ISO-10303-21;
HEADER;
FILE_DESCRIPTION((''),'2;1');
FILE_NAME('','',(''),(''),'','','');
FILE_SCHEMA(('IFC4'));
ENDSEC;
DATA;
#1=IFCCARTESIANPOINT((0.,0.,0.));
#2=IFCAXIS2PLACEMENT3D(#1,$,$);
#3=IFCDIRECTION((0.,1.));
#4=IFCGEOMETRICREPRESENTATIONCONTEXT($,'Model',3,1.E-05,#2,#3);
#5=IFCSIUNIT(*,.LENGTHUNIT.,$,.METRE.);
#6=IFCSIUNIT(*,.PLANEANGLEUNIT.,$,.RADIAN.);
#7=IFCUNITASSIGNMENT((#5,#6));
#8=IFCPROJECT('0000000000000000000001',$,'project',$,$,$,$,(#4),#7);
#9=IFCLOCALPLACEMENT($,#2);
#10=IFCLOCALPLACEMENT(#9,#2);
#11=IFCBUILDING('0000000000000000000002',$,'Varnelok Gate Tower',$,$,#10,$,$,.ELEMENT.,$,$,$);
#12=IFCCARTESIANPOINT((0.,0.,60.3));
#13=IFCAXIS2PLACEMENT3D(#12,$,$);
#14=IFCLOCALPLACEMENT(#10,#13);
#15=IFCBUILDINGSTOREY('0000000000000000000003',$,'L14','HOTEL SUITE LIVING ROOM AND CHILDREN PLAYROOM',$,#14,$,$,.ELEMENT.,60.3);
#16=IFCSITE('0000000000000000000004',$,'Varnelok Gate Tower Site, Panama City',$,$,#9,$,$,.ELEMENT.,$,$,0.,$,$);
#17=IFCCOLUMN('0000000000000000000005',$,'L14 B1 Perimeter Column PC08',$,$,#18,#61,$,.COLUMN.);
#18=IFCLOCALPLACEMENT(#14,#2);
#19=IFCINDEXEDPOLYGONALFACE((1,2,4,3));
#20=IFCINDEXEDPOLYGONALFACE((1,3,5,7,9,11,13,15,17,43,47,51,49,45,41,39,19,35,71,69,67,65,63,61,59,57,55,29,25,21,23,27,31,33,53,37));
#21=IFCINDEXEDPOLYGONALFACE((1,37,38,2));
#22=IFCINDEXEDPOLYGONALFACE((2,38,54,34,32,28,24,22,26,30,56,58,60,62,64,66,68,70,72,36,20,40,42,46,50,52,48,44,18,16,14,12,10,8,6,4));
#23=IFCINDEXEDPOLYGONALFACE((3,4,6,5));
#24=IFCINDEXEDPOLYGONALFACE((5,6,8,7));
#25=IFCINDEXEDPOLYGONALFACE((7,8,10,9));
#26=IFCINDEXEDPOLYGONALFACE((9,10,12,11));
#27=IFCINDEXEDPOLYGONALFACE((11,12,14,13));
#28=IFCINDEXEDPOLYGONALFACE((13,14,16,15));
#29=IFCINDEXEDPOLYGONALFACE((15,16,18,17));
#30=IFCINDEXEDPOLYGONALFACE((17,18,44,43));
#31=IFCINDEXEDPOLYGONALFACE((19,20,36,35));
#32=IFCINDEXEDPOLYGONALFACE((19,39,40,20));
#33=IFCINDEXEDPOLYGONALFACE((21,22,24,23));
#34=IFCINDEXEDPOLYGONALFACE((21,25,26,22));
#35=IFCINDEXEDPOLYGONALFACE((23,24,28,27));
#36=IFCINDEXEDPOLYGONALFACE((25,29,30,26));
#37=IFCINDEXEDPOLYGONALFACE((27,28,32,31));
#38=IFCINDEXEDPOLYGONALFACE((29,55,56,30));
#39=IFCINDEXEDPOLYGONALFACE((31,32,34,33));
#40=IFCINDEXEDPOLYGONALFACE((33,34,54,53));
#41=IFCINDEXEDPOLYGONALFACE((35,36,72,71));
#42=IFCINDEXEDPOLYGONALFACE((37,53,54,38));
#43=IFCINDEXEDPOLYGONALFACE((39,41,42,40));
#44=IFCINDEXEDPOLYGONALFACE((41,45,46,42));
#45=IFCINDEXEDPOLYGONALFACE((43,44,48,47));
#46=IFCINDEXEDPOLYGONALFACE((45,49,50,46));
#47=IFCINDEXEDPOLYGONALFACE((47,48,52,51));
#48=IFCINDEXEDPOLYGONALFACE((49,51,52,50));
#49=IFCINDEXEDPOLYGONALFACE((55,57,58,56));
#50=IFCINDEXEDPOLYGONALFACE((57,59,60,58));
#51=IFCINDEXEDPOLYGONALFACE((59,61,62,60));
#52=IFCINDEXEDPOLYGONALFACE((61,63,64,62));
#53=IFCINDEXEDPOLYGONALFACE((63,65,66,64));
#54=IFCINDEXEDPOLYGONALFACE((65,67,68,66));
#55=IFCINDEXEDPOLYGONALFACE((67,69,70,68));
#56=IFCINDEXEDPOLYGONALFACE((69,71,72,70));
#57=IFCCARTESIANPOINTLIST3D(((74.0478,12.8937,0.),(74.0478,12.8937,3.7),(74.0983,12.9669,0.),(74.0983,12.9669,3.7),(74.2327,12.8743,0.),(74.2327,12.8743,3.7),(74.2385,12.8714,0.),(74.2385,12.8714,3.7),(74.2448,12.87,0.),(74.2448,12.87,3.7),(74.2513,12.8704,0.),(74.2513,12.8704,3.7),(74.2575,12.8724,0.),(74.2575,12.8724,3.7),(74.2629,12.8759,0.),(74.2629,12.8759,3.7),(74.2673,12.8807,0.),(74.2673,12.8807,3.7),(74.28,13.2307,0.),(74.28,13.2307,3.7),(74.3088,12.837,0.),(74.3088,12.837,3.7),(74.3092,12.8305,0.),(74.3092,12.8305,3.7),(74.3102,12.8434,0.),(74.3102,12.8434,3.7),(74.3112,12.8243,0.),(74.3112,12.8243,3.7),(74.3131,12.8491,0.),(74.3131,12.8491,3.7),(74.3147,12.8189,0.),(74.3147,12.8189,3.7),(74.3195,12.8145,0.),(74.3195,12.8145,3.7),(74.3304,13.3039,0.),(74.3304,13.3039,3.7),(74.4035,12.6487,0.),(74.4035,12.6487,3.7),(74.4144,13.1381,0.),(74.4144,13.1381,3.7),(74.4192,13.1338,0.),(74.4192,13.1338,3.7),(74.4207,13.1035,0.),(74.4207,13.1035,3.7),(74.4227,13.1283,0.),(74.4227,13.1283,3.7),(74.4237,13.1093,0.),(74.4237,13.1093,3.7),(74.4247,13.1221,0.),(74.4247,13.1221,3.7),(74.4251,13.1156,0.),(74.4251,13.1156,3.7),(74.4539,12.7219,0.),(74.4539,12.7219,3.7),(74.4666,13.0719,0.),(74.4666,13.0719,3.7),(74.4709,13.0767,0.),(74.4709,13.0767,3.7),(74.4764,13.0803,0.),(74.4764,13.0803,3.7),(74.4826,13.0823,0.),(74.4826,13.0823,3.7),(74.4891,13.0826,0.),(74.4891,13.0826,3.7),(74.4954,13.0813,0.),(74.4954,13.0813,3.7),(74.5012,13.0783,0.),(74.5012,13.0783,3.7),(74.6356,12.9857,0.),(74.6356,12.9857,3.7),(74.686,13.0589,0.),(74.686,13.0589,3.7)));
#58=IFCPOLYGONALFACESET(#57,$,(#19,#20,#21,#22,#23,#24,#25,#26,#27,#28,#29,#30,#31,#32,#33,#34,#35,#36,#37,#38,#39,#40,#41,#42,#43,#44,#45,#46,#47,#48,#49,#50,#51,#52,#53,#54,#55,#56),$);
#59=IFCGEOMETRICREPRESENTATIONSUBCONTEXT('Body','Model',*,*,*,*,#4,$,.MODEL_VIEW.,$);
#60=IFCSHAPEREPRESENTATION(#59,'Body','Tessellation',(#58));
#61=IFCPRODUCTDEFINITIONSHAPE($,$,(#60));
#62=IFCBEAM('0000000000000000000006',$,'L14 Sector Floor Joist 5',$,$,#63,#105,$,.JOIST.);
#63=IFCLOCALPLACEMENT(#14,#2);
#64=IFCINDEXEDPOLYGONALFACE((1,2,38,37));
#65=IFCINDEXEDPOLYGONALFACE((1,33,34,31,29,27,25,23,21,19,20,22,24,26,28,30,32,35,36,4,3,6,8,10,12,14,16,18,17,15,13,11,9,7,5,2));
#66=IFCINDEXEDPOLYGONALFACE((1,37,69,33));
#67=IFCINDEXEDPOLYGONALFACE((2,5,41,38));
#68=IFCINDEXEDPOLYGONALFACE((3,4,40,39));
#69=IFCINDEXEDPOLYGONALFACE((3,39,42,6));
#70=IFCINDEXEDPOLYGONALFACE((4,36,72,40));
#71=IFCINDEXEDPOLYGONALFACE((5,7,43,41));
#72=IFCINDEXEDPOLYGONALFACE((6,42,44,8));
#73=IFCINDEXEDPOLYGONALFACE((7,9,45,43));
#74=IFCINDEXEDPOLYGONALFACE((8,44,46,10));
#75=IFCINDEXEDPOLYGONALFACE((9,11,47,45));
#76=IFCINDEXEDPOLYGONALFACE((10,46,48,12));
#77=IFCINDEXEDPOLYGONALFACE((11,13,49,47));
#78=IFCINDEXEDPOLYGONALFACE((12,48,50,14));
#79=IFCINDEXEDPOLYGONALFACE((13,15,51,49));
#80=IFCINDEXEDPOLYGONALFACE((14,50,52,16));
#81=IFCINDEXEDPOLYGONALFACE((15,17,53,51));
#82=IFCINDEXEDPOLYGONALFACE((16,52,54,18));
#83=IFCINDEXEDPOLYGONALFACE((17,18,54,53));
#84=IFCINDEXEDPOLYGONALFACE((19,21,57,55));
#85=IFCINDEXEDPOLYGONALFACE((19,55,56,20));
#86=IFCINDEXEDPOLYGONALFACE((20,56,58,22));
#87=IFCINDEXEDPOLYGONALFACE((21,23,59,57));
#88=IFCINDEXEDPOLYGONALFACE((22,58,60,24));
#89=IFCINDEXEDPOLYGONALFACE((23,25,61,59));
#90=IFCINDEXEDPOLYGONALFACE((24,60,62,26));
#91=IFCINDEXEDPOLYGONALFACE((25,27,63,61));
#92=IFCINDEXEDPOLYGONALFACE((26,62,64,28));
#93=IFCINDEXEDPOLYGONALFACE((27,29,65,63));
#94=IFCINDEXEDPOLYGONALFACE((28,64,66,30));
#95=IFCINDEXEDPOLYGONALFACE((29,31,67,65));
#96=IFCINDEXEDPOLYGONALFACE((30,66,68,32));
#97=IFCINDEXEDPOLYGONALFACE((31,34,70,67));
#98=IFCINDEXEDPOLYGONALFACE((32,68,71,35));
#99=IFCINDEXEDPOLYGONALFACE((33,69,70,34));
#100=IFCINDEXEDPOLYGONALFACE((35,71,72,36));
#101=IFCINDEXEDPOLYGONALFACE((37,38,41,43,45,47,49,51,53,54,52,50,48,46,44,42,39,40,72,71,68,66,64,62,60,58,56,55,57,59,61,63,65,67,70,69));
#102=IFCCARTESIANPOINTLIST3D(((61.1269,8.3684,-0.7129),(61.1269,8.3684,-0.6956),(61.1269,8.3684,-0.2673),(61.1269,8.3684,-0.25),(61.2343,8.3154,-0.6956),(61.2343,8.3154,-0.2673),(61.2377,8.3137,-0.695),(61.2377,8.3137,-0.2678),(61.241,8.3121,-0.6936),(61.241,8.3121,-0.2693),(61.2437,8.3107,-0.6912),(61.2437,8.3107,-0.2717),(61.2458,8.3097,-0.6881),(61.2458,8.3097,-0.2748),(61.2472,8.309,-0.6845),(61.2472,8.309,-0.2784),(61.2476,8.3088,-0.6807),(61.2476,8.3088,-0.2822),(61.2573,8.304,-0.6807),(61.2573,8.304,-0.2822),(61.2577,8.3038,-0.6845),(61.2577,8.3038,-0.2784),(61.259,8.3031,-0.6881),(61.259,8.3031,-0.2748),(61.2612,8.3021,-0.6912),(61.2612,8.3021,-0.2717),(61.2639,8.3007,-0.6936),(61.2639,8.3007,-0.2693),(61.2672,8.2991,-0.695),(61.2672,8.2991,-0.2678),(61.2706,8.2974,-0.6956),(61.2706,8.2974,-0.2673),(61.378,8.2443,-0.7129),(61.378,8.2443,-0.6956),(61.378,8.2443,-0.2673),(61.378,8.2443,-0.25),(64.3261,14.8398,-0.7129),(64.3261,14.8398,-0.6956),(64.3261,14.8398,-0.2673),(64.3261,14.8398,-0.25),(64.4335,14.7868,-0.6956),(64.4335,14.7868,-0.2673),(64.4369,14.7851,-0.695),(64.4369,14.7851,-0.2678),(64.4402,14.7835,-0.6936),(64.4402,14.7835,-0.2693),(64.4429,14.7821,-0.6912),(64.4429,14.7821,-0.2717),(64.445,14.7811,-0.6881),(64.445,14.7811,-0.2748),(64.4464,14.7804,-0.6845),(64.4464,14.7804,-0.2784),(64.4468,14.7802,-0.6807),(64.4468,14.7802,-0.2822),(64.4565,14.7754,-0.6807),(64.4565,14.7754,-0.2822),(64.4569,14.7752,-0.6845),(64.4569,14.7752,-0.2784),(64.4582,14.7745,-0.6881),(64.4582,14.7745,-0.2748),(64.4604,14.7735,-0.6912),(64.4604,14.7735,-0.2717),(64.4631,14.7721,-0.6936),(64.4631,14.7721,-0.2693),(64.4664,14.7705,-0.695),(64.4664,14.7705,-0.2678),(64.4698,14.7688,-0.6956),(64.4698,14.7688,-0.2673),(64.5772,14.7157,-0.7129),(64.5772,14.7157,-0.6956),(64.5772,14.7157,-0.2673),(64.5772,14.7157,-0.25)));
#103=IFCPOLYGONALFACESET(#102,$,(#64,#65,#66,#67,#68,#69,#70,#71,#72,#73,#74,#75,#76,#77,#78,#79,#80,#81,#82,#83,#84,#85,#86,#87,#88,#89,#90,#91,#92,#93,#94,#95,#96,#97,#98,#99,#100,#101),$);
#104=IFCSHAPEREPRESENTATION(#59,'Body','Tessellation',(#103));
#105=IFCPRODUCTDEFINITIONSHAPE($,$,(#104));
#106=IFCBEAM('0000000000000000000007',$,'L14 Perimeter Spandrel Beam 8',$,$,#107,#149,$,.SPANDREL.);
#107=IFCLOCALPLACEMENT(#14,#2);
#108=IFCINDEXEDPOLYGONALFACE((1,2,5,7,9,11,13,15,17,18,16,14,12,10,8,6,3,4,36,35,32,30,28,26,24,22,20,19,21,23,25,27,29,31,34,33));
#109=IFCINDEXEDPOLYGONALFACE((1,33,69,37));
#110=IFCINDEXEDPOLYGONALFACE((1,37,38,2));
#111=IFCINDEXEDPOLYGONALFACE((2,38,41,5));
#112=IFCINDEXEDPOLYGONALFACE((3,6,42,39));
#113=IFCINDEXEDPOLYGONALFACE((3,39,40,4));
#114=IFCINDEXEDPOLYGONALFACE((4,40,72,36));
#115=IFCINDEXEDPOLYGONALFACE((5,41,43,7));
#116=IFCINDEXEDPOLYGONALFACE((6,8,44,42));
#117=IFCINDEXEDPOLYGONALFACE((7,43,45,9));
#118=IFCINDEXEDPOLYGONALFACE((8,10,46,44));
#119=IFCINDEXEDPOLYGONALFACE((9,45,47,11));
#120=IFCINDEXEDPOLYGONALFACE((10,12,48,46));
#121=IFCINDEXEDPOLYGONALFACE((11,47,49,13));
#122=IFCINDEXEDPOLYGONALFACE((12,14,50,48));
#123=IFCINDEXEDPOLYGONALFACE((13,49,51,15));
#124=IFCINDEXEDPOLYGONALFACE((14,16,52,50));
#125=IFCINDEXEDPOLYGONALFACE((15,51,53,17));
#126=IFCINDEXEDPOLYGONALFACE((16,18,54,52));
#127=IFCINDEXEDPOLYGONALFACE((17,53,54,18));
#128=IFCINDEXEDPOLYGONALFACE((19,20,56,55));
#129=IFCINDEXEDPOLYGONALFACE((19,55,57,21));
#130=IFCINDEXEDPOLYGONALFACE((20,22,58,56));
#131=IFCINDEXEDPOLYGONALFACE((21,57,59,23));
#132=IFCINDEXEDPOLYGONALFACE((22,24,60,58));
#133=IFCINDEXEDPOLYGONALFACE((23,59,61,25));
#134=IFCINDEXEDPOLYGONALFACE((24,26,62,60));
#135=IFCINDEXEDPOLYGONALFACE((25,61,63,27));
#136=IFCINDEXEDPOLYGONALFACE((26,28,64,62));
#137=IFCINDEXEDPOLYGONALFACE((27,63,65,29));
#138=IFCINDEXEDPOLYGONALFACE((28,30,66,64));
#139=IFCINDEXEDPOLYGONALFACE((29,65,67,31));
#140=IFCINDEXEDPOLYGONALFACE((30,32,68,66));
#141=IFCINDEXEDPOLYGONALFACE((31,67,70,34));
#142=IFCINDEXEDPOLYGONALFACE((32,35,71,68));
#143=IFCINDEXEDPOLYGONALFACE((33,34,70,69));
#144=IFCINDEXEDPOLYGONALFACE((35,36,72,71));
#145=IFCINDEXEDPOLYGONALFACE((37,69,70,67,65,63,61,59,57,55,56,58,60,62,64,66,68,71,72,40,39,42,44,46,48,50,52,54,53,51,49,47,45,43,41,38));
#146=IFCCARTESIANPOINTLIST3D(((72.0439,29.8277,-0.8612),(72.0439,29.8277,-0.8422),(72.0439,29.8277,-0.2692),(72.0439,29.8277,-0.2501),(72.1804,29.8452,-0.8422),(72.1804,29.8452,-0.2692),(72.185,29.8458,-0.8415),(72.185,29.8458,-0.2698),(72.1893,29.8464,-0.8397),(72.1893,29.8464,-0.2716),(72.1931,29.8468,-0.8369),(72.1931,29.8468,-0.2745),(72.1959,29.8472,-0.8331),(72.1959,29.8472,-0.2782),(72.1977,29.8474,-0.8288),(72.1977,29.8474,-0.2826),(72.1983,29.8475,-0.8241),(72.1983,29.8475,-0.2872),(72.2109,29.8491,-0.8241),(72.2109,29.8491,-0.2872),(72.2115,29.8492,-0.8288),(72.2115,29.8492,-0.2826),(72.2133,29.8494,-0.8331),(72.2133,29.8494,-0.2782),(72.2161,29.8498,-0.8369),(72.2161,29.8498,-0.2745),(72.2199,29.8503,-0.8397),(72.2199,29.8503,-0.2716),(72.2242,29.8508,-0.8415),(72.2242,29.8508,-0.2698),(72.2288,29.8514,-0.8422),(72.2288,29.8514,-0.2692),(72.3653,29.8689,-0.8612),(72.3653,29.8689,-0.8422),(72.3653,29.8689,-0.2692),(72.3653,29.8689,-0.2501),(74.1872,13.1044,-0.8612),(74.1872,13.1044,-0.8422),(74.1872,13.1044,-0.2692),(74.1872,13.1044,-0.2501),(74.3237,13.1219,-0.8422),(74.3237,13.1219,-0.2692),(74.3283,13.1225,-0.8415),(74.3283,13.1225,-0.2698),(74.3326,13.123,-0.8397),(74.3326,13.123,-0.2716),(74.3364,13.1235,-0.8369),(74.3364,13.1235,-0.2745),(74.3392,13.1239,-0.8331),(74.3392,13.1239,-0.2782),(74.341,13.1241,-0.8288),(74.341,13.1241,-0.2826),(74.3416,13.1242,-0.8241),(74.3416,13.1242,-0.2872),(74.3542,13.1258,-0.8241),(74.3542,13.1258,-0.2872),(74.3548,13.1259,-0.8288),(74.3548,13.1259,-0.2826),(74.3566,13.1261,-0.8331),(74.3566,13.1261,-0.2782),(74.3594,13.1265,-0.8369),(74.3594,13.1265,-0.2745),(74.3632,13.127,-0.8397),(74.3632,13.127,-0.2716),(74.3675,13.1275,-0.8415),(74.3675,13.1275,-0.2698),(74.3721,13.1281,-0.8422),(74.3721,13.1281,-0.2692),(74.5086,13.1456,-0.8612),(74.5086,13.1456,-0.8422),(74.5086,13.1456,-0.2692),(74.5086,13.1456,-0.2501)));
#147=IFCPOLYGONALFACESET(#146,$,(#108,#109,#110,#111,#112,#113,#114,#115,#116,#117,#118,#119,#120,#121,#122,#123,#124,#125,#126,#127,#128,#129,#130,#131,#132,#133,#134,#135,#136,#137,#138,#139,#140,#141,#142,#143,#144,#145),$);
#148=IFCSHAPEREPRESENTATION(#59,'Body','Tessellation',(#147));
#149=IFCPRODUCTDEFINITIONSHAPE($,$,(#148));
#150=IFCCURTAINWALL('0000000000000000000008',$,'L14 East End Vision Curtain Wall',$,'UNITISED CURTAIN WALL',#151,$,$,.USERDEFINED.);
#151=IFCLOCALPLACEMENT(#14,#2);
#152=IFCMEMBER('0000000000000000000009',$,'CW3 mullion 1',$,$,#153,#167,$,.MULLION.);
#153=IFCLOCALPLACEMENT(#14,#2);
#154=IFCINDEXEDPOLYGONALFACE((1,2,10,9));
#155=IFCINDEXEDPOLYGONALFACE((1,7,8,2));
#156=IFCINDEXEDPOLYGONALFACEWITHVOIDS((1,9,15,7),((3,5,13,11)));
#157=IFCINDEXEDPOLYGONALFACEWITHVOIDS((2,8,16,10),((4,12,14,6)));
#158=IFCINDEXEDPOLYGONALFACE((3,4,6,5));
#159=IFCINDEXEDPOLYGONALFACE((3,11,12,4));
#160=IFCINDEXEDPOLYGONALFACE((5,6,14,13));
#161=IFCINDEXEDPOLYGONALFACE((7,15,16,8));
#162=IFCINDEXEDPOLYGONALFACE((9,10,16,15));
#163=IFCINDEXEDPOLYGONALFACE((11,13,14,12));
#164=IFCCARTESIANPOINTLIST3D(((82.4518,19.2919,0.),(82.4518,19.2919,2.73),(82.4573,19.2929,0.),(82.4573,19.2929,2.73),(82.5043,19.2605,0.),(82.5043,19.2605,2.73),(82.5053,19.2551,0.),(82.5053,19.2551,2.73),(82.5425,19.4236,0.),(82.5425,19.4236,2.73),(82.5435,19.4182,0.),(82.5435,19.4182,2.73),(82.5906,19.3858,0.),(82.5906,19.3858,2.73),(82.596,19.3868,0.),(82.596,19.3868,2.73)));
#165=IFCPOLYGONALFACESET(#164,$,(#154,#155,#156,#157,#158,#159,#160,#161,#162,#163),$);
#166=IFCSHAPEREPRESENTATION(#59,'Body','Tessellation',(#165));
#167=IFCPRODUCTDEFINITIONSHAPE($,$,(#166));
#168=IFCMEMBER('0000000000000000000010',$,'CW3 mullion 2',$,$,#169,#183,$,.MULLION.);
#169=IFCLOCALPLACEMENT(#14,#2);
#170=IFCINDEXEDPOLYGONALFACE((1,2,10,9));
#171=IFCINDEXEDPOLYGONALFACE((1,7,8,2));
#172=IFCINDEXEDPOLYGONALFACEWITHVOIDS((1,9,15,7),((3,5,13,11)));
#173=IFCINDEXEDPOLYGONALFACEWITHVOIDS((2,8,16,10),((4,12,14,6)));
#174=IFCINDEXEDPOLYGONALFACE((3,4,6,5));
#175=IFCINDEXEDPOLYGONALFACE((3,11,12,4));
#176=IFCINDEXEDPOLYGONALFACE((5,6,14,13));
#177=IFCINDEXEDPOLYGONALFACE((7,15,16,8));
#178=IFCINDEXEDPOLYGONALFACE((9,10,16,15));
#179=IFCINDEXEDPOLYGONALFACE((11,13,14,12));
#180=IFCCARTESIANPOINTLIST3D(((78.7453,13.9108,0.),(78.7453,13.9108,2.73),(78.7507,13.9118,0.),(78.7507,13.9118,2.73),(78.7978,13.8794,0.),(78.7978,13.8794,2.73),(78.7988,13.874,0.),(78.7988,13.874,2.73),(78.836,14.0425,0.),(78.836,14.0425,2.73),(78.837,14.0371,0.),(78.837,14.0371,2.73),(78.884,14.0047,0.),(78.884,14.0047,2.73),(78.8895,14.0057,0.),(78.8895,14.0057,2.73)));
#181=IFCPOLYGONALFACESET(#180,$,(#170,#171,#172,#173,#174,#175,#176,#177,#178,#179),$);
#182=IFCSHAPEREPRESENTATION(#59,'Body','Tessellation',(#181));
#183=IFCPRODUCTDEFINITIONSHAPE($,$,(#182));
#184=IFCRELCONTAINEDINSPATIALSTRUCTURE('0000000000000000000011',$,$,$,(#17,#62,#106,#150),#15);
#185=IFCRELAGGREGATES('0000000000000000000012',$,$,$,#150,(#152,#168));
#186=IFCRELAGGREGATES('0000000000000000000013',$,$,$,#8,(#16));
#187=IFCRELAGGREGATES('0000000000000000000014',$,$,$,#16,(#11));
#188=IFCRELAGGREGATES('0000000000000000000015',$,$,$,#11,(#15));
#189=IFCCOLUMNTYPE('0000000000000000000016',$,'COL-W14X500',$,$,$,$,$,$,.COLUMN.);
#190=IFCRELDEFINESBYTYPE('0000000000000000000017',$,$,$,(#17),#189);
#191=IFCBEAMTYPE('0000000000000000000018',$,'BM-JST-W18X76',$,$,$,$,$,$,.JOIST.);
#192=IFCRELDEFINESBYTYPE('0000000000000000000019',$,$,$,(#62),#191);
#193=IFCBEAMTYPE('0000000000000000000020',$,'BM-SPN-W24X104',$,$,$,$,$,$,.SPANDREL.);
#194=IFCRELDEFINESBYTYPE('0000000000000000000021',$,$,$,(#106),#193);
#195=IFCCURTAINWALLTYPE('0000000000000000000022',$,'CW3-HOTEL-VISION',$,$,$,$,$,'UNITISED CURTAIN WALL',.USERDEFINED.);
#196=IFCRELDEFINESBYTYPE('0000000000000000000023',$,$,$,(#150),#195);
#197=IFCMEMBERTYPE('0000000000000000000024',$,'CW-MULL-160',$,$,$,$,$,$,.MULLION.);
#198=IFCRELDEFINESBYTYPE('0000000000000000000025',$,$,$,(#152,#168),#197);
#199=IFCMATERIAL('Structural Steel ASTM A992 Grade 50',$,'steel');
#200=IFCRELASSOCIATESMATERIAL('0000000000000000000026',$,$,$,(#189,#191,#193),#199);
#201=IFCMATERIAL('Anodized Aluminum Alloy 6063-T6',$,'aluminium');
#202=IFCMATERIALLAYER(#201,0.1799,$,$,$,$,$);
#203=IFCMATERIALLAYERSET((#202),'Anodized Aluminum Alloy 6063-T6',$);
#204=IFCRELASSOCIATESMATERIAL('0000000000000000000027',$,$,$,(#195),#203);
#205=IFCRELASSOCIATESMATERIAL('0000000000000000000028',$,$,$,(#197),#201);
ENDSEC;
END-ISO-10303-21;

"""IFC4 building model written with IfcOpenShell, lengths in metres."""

from ifc_helpers import new_model, si_unit, direction, frame, origin, origin_2d, place, context, subcontext, project, spatial, hollow_rectangle, i_section, extrude, material, layer, layer_set, material_profile, profile_set, type_object, element, aggregate, save


model = new_model("IFC4")

# Units and contexts
model_context = context("Model", 3, precision=1e-05, world=origin(), true_north=direction((0.0, 1.0)))
body_context = subcontext(model_context, "Body", "Model", "MODEL_VIEW")
ifc_project = project(units=[si_unit("LENGTHUNIT", "METRE"), si_unit("PLANEANGLEUNIT", "RADIAN")], contexts=[model_context])

# Site, building, storey
site_placement = place(None, origin())
site = spatial("IfcSite", under=ifc_project, at=site_placement, Name="Varnelok Gate Tower Site, Panama City", CompositionType="ELEMENT", RefElevation=0.0)
building_placement = place(site_placement, origin())
building = spatial("IfcBuilding", under=site, at=building_placement, Name="Varnelok Gate Tower", CompositionType="ELEMENT")
storey_placement = place(building_placement, frame((0.0, 0.0, 60.3)))
storey = spatial("IfcBuildingStorey", under=building, at=storey_placement, Name="L14", Description="HOTEL SUITE LIVING ROOM AND CHILDREN PLAYROOM", CompositionType="ELEMENT", Elevation=60.3)

# Column
ifc_material_1 = material(Name="Structural Steel ASTM A992 Grade 50", Category="steel")
ifc_material_profile_1 = material_profile(ifc_material_1, i_section(OverallWidth=0.4319, OverallDepth=0.498, WebThickness=0.0557, FlangeThickness=0.0889, FilletRadius=0.0249, at=origin_2d()), Name="W14X500")
ifc_profile_set_1 = profile_set([ifc_material_profile_1], Name="Structural Steel ASTM A992 Grade 50")
column_type = type_object("IfcColumnType", Name="COL-W14X500", PredefinedType="COLUMN", material=ifc_profile_set_1)
column_placement = place(storey_placement, frame((74.3669, 12.9763, 0.0), z_axis=(0.0, 0.0, 1.0), x_axis=(0.823533, -0.567269, 0.0)))
element("IfcColumn", 1, at=column_placement, inside=storey, type_object=column_type, Name="L14 B1 Perimeter Column PC08", PredefinedType="COLUMN", context=body_context, shape_type="SweptSolid", body=[
    extrude(i_section(OverallWidth=0.4319, OverallDepth=0.498, WebThickness=0.0557, FlangeThickness=0.0889, FilletRadius=0.0249, at=origin_2d()), origin(), (0.0, 0.0, 1.0), 3.7),
])

# Beams
ifc_material_profile_2 = material_profile(ifc_material_1, i_section(OverallWidth=0.28, OverallDepth=0.4629, WebThickness=0.0107, FlangeThickness=0.0173, FilletRadius=0.0149, at=origin_2d()), Name="W18X76")
ifc_profile_set_2 = profile_set([ifc_material_profile_2], Name="Structural Steel ASTM A992 Grade 50")
beam_type_1 = type_object("IfcBeamType", Name="BM-JST-W18X76", PredefinedType="JOIST", material=ifc_profile_set_2)
beam_1_placement = place(storey_placement, frame((61.2524, 8.3064, -0.4814), z_axis=(0.443164, 0.89644, 0.0), x_axis=(-0.89644, 0.443164, 0.0)))
element("IfcBeam", 2, at=beam_1_placement, inside=storey, type_object=beam_type_1, Name="L14 Sector Floor Joist 5", PredefinedType="JOIST", context=body_context, shape_type="SweptSolid", body=[
    extrude(i_section(OverallWidth=0.28, OverallDepth=0.4629, WebThickness=0.0107, FlangeThickness=0.0173, FilletRadius=0.0149, at=origin_2d()), origin(), (0.0, 0.0, 1.0), 7.219),
])
ifc_material_profile_3 = material_profile(ifc_material_1, i_section(OverallWidth=0.324, OverallDepth=0.6111, WebThickness=0.0127, FlangeThickness=0.019, FilletRadius=0.0181, at=origin_2d()), Name="W24X104")
ifc_profile_set_3 = profile_set([ifc_material_profile_3], Name="Structural Steel ASTM A992 Grade 50")
beam_type_2 = type_object("IfcBeamType", Name="BM-SPN-W24X104", PredefinedType="SPANDREL", material=ifc_profile_set_3)
beam_2_placement = place(storey_placement, frame((74.3479, 13.125, -0.5557), z_axis=(-0.127123, 0.991887, 0.0), x_axis=(-0.991887, -0.127123, 0.0)))
element("IfcBeam", 3, at=beam_2_placement, inside=storey, type_object=beam_type_2, Name="L14 Perimeter Spandrel Beam 8", PredefinedType="SPANDREL", context=body_context, shape_type="SweptSolid", body=[
    extrude(i_section(OverallWidth=0.324, OverallDepth=0.6111, WebThickness=0.0127, FlangeThickness=0.019, FilletRadius=0.0181, at=origin_2d()), origin(), (0.0, 0.0, 1.0), 16.8601),
])

# Curtain wall, members
ifc_material_2 = material(Name="Anodized Aluminum Alloy 6063-T6", Category="aluminium")
ifc_layer_1 = layer(ifc_material_2, 0.1799)
ifc_layer_set_1 = layer_set([ifc_layer_1], Name="Anodized Aluminum Alloy 6063-T6")
curtain_wall_type = type_object("IfcCurtainWallType", Name="CW3-HOTEL-VISION", ElementType="UNITISED CURTAIN WALL", PredefinedType="USERDEFINED", material=ifc_layer_set_1)
curtain_wall_placement = place(storey_placement, origin())
curtain_wall = element("IfcCurtainWall", 4, at=curtain_wall_placement, inside=storey, type_object=curtain_wall_type, Name="L14 East End Vision Curtain Wall", ObjectType="UNITISED CURTAIN WALL", PredefinedType="USERDEFINED")
ifc_material_profile_4 = material_profile(ifc_material_2, hollow_rectangle(XDim=0.0649, YDim=0.1599, WallThickness=0.0039, at=origin_2d()), Name="ALU160X65X4")
ifc_profile_set_4 = profile_set([ifc_material_profile_4], Name="Anodized Aluminum Alloy 6063-T6")
member_type_1 = type_object("IfcMemberType", Name="CW-MULL-160", PredefinedType="MULLION", material=ifc_profile_set_4)
member_1_placement = place(storey_placement, frame((82.5239, 19.3394, 0.0), z_axis=(0.0, 0.0, 1.0), x_axis=(0.823533, -0.567269, 0.0)))
member_1 = element("IfcMember", 5, at=member_1_placement, type_object=member_type_1, Name="CW3 mullion 1", PredefinedType="MULLION", context=body_context, shape_type="SweptSolid", body=[
    extrude(hollow_rectangle(XDim=0.0649, YDim=0.1599, WallThickness=0.0039, at=origin_2d()), origin(), (0.0, 0.0, 1.0), 2.73),
])
member_2_placement = place(storey_placement, frame((78.8174, 13.9583, 0.0), z_axis=(0.0, 0.0, 1.0), x_axis=(0.823533, -0.567269, 0.0)))
member_2 = element("IfcMember", 6, at=member_2_placement, type_object=member_type_1, Name="CW3 mullion 2", PredefinedType="MULLION", context=body_context, shape_type="SweptSolid", body=[
    extrude(hollow_rectangle(XDim=0.0649, YDim=0.1599, WallThickness=0.0039, at=origin_2d()), origin(), (0.0, 0.0, 1.0), 2.73),
])
aggregate(curtain_wall, [member_1, member_2])

save(model, "model.ifc")
